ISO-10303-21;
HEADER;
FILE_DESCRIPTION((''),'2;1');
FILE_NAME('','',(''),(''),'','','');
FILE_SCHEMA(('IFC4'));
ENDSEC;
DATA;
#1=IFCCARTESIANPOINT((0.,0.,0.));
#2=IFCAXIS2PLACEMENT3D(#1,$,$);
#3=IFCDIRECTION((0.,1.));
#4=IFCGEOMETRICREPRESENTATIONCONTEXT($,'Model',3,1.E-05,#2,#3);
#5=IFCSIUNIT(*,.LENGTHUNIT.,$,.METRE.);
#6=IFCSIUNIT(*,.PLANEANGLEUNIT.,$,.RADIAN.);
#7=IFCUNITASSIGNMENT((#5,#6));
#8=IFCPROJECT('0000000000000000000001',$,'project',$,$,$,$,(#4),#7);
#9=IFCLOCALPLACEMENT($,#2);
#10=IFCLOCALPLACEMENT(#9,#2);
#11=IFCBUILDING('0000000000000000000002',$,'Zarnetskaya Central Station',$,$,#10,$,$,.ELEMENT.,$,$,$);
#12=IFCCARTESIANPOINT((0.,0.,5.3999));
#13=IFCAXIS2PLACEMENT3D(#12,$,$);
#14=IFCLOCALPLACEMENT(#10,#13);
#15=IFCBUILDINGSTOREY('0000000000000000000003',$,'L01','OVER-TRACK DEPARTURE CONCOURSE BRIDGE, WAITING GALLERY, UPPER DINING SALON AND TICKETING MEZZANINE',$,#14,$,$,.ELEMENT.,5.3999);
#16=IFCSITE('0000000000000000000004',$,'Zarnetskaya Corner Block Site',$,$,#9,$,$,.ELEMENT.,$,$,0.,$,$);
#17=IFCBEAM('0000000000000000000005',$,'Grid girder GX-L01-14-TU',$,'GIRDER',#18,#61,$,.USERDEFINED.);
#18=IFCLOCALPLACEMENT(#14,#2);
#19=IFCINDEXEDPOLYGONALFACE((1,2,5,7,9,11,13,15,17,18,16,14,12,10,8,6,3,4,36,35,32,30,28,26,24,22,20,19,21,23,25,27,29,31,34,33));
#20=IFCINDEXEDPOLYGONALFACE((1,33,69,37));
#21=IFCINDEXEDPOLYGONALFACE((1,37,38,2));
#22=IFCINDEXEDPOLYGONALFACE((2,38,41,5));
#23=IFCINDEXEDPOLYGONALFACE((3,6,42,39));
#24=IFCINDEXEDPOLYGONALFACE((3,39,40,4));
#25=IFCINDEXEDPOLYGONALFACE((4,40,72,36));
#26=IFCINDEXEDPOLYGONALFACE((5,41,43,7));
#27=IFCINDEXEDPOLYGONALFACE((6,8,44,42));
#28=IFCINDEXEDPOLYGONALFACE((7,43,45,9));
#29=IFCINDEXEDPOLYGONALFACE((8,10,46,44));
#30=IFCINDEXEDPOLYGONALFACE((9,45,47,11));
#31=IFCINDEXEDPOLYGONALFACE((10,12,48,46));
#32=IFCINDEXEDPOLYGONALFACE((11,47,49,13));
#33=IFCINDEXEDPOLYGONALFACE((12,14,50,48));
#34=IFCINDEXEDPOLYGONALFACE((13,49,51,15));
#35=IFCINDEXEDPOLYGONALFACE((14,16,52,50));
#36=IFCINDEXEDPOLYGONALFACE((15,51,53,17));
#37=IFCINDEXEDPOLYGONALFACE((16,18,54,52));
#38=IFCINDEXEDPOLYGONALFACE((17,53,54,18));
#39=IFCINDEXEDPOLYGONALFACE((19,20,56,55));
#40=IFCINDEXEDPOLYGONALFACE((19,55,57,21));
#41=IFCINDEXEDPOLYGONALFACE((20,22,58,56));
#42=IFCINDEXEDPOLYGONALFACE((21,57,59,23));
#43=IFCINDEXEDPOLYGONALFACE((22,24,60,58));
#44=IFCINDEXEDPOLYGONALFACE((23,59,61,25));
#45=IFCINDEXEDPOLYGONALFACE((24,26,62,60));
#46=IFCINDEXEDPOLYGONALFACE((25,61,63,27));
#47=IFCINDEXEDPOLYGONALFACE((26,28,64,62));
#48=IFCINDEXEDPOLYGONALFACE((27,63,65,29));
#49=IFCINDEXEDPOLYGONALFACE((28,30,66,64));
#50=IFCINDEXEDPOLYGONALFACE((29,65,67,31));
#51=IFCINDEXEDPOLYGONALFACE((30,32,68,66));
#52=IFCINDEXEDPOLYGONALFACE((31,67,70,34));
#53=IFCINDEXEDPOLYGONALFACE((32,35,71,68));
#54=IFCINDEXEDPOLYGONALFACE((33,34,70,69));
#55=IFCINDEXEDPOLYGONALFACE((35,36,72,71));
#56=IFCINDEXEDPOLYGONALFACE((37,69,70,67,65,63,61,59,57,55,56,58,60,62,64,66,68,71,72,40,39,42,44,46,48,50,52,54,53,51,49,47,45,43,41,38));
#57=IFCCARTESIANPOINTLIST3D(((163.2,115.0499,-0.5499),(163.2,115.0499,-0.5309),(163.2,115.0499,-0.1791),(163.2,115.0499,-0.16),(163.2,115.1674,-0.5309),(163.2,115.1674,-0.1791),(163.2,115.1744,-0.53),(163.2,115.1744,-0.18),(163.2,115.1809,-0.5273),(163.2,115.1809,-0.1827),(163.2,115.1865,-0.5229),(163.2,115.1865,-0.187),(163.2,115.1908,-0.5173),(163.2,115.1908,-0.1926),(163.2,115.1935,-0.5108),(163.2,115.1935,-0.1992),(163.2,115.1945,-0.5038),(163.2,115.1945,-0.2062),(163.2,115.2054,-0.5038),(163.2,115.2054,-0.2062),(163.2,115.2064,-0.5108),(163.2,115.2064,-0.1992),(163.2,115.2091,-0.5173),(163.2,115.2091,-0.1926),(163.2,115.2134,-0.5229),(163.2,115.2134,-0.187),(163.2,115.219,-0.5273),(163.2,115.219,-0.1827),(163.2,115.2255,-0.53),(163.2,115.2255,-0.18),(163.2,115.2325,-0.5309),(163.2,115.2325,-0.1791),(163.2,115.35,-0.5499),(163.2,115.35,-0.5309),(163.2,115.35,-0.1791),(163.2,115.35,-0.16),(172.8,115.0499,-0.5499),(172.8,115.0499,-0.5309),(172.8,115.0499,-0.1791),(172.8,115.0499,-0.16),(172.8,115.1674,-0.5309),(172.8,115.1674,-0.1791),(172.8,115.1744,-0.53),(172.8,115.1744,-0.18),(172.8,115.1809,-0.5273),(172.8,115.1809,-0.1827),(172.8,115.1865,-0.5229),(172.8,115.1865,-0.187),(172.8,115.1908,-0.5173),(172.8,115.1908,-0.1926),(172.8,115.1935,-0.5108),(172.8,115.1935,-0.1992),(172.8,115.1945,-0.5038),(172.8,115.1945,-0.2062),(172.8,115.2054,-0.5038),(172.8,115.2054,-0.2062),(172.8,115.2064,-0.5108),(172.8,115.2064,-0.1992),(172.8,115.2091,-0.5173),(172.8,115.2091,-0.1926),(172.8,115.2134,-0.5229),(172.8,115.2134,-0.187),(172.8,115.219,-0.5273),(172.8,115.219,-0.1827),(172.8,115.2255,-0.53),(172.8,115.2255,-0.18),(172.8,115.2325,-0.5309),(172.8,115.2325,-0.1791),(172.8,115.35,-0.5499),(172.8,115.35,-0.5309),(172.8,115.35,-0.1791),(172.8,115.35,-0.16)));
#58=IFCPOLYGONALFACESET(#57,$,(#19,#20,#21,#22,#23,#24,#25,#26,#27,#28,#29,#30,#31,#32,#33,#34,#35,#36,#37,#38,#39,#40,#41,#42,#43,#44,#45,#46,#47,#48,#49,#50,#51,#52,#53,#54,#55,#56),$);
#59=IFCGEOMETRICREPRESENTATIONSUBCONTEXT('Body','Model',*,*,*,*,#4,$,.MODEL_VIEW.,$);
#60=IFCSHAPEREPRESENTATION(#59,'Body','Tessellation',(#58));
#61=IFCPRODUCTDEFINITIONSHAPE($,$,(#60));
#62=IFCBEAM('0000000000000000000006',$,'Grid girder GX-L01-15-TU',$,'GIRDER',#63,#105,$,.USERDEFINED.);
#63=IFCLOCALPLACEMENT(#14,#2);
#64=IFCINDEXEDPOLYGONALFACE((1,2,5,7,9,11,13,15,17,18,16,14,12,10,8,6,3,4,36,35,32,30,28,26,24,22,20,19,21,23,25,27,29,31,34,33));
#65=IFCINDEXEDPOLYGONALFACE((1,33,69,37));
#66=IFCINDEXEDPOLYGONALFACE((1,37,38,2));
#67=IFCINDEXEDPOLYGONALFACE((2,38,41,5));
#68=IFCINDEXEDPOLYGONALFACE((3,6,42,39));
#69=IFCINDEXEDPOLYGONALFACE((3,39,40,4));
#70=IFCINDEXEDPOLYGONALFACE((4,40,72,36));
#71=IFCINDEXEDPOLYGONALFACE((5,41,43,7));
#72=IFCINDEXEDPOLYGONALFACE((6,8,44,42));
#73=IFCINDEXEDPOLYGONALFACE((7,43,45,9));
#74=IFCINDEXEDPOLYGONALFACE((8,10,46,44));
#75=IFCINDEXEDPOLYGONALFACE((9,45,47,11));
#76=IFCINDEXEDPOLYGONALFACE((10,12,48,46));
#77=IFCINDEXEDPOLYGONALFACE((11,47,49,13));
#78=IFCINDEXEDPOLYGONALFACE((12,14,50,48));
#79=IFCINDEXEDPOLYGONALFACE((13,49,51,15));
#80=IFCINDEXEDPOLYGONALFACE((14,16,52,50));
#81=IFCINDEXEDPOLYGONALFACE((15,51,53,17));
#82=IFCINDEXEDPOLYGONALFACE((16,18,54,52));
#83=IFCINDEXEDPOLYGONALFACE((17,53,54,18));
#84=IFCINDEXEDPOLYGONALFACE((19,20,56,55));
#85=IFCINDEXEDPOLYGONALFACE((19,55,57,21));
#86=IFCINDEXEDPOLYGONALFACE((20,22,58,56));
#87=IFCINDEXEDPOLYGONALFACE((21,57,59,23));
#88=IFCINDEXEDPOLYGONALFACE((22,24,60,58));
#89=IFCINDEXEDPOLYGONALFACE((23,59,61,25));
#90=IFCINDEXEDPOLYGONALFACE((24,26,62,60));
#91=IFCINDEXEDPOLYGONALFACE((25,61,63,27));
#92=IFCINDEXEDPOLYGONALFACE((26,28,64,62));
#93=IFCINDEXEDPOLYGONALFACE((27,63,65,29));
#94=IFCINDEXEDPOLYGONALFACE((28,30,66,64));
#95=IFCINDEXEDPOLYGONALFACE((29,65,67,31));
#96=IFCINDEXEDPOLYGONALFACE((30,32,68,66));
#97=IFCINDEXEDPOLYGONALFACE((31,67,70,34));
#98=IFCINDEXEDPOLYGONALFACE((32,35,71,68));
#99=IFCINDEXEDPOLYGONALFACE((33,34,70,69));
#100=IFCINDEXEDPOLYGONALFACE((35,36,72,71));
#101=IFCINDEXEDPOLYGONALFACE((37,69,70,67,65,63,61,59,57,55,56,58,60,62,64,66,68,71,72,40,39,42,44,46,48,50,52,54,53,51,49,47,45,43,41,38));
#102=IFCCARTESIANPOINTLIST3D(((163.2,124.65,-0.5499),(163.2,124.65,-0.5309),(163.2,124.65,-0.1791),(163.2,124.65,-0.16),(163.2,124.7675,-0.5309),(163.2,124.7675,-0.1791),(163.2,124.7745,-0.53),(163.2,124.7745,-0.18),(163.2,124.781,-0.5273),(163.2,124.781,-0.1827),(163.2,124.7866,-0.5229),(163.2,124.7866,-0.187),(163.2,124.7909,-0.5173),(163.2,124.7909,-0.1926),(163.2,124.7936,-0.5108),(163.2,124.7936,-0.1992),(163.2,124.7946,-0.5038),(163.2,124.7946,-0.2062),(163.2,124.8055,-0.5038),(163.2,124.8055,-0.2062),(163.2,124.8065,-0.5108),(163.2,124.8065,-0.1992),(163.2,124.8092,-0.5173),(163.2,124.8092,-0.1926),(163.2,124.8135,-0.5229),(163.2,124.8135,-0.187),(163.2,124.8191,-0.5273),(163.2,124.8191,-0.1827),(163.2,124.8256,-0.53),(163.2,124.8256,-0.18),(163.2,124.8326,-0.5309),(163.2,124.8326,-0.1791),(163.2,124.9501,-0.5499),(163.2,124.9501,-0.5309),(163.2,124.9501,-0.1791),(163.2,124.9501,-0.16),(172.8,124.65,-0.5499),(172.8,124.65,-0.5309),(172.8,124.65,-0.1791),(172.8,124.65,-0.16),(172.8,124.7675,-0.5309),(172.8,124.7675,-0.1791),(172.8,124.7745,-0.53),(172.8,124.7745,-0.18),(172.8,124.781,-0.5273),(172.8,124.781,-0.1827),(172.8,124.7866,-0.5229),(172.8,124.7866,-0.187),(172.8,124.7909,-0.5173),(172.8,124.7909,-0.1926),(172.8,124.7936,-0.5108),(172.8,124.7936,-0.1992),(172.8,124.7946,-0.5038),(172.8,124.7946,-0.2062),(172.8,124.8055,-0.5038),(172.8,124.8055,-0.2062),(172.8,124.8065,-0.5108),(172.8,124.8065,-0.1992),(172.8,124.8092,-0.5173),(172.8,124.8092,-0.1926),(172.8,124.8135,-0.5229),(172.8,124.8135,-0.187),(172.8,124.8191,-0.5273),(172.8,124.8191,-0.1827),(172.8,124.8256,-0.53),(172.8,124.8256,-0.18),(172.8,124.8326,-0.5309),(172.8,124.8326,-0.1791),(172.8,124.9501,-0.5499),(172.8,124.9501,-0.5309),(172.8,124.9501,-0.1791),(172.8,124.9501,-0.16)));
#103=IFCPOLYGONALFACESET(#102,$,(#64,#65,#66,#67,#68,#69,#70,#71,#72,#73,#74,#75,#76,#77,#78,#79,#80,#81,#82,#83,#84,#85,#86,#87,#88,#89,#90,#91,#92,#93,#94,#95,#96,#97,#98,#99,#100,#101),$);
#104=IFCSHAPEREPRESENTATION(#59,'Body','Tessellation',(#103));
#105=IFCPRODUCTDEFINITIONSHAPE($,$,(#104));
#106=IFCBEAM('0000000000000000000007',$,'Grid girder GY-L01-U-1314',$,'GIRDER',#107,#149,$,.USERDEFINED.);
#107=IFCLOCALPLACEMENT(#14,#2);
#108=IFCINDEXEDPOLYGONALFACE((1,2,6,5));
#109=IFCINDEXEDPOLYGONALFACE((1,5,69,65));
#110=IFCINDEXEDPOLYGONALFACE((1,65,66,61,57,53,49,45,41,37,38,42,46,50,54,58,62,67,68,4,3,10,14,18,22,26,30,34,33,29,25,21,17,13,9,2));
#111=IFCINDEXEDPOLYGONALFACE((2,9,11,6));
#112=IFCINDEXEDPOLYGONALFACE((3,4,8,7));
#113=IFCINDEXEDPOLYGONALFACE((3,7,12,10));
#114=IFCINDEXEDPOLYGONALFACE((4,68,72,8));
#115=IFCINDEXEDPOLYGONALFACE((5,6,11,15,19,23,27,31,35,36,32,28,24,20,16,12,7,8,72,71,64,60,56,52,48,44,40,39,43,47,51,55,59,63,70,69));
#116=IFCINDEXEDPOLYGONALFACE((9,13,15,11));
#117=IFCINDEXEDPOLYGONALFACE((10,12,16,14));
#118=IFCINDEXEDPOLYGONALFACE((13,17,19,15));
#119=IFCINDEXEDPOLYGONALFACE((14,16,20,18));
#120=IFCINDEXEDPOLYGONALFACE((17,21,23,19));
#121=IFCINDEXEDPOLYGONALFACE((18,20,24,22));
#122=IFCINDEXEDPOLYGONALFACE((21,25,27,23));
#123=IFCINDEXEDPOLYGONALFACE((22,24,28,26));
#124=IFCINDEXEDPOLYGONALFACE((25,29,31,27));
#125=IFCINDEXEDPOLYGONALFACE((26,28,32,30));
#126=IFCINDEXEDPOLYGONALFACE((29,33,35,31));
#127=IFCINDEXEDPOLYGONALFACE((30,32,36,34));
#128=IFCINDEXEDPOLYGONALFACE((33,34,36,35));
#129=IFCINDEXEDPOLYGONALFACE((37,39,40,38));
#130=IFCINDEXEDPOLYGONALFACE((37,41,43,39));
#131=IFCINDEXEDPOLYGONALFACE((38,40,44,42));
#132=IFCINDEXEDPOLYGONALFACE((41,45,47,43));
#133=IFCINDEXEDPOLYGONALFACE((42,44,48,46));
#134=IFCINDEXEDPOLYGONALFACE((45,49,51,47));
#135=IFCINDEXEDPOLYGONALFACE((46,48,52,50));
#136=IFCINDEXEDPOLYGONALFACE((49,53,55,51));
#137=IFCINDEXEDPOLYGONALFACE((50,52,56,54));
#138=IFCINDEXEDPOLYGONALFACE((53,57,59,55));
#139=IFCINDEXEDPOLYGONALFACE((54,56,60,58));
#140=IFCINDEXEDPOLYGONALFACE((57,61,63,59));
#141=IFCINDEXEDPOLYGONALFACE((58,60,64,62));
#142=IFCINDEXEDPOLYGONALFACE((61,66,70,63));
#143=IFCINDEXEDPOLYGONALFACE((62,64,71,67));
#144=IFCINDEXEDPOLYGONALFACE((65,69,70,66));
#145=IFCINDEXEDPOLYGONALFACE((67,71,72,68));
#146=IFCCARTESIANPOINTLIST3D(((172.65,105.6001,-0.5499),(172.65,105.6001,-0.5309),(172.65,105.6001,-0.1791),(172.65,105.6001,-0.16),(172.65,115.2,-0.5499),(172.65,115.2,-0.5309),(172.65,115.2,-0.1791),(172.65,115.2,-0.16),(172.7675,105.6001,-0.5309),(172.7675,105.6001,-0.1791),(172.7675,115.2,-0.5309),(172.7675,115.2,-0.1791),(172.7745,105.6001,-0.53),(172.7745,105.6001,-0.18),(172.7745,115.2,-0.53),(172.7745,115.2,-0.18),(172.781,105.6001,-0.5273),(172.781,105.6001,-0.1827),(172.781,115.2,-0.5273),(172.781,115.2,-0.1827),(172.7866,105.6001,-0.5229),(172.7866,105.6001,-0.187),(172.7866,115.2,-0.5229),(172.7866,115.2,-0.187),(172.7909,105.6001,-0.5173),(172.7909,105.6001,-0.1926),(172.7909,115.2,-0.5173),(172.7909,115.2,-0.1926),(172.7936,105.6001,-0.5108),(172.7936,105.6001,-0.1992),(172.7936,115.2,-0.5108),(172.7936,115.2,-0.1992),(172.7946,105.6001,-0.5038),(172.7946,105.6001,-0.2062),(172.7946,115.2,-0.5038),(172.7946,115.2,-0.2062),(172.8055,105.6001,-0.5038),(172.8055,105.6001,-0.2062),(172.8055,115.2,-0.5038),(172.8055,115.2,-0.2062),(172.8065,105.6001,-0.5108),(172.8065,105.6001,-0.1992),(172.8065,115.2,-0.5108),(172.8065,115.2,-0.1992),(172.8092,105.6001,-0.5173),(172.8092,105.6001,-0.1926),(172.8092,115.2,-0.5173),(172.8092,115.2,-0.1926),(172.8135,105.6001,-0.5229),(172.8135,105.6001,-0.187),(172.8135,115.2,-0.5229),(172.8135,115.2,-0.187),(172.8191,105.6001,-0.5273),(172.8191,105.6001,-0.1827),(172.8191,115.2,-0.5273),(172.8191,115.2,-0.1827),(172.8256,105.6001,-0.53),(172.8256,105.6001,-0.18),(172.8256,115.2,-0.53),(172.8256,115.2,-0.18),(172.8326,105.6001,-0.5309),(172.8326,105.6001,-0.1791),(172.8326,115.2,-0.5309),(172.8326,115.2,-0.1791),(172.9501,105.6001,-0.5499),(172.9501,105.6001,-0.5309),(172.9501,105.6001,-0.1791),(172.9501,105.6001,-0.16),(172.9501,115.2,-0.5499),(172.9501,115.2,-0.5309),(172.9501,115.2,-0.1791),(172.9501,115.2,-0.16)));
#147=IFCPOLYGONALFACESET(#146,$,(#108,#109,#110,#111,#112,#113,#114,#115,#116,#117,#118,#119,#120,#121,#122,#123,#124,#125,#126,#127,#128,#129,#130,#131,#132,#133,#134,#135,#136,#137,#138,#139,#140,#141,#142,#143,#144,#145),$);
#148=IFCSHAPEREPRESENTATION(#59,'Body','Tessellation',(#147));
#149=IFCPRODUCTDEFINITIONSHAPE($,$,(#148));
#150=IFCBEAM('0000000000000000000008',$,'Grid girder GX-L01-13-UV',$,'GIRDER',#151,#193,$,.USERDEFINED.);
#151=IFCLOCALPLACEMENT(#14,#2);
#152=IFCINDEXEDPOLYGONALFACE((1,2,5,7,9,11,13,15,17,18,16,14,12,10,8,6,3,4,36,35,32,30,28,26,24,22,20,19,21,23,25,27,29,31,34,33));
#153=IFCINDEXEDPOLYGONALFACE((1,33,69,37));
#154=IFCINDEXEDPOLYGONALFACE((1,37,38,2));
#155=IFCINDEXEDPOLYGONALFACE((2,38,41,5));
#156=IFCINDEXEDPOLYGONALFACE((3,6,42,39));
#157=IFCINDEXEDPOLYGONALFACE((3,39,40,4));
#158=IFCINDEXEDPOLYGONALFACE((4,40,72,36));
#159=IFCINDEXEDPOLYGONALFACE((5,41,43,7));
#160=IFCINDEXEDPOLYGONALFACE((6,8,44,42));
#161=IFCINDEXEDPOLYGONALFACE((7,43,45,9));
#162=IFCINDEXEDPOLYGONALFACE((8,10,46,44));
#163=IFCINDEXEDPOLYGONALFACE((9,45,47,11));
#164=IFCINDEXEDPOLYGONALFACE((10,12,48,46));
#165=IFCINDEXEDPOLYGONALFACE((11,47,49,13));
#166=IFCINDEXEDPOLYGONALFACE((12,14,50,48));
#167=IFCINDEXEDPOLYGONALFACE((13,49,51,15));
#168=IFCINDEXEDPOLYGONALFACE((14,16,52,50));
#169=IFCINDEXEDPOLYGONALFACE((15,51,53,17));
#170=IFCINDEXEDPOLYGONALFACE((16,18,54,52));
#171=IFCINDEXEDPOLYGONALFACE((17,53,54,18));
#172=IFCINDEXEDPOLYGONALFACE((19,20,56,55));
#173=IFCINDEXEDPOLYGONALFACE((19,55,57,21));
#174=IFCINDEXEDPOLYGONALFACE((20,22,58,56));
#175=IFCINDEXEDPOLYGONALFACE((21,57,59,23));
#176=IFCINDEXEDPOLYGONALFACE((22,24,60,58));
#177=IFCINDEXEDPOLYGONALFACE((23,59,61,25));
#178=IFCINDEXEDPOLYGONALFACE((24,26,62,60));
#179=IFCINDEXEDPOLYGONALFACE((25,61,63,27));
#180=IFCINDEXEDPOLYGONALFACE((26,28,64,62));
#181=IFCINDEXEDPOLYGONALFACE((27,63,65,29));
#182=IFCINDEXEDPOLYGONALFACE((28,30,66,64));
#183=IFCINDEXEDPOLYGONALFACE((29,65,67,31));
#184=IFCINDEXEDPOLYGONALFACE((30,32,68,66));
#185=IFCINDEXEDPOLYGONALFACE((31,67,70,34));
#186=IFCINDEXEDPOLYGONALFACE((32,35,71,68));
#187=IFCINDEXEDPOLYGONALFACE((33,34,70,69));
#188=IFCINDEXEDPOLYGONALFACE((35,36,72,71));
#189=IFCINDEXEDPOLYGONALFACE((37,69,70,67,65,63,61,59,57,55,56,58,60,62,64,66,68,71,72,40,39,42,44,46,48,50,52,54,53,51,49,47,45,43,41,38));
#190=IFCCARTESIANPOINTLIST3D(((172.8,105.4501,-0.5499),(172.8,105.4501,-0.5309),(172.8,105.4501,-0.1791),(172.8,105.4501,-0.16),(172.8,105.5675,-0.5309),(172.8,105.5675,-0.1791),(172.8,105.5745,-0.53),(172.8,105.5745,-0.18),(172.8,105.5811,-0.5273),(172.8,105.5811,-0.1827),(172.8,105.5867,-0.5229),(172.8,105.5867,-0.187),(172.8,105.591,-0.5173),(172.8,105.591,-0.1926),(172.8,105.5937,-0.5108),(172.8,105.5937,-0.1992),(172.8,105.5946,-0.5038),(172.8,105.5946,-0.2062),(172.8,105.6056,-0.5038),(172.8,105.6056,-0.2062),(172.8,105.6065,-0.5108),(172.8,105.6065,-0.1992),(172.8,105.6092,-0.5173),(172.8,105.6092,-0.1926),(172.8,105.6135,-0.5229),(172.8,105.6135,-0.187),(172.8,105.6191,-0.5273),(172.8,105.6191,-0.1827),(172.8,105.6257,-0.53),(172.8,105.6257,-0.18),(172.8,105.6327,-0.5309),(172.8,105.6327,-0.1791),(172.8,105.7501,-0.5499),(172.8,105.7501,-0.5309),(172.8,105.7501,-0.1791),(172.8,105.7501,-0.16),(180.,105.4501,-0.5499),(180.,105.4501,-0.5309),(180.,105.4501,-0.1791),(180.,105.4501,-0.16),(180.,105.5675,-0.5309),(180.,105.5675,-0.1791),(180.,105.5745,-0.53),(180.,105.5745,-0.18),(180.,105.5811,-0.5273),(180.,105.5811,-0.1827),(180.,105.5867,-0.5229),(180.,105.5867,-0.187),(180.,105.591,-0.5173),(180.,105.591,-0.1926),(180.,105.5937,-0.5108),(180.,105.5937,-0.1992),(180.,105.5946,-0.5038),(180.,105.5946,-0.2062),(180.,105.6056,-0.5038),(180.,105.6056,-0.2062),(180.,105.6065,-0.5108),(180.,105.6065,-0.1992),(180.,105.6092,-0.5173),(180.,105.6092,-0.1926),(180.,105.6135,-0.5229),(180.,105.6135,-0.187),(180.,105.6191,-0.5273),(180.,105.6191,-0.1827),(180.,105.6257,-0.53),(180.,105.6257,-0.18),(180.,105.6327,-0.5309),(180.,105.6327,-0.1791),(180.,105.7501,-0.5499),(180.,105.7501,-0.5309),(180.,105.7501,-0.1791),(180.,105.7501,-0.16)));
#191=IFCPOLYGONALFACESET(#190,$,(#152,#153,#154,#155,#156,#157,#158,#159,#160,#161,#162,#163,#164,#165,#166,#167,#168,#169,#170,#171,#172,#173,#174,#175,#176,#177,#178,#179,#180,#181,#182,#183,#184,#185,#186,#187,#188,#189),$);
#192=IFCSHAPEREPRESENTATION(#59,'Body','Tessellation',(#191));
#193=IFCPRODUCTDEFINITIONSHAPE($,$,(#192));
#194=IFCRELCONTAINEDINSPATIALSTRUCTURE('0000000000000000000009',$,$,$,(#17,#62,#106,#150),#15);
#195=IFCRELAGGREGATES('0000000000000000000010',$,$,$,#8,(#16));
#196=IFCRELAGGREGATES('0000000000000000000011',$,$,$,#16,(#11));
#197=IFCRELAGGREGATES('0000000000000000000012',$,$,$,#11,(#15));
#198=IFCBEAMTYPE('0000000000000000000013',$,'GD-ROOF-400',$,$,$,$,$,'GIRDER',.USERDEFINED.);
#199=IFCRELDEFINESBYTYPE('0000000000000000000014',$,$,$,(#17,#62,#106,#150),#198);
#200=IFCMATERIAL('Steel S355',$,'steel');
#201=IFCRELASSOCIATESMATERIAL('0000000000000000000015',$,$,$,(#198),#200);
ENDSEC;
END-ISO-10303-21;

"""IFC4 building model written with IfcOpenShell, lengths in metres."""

from ifc_helpers import new_model, si_unit, direction, frame, origin, origin_2d, place, context, subcontext, project, spatial, i_section, extrude, material, material_profile, profile_set, type_object, element, save


model = new_model("IFC4")

# Units and contexts
model_context = context("Model", 3, precision=1e-05, world=origin(), true_north=direction((0.0, 1.0)))
body_context = subcontext(model_context, "Body", "Model", "MODEL_VIEW")
ifc_project = project(units=[si_unit("LENGTHUNIT", "METRE"), si_unit("PLANEANGLEUNIT", "RADIAN")], contexts=[model_context])

# Site, building, storey
site_placement = place(None, origin())
site = spatial("IfcSite", under=ifc_project, at=site_placement, Name="Zarnetskaya Corner Block Site", CompositionType="ELEMENT", RefElevation=0.0)
building_placement = place(site_placement, origin())
building = spatial("IfcBuilding", under=site, at=building_placement, Name="Zarnetskaya Central Station", CompositionType="ELEMENT")
storey_placement = place(building_placement, frame((0.0, 0.0, 5.3999)))
storey = spatial("IfcBuildingStorey", under=building, at=storey_placement, Name="L01", Description="OVER-TRACK DEPARTURE CONCOURSE BRIDGE, WAITING GALLERY, UPPER DINING SALON AND TICKETING MEZZANINE", CompositionType="ELEMENT", Elevation=5.3999)

# Beams
ifc_material = material(Name="Steel S355", Category="steel")
ifc_material_profile_1 = material_profile(ifc_material, i_section(OverallWidth=0.3, OverallDepth=0.3899, WebThickness=0.011, FlangeThickness=0.019, FilletRadius=0.0271, at=origin_2d()), Name="HEA 400")
ifc_profile_set_1 = profile_set([ifc_material_profile_1], Name="Steel S355")
beam_type_1 = type_object("IfcBeamType", Name="GD-ROOF-400", ElementType="GIRDER", PredefinedType="USERDEFINED", material=ifc_profile_set_1)
for number, where, z_axis, x_axis, name in (
    (1, (163.2, 115.2, -0.355), (1.0, 0.0, 0.0), (0.0, 1.0, 0.0), "Grid girder GX-L01-14-TU"),
    (2, (163.2, 124.8, -0.355), (1.0, 0.0, 0.0), (0.0, 1.0, 0.0), "Grid girder GX-L01-15-TU"),
):
    element("IfcBeam", number, at=place(storey_placement, frame(where, z_axis=z_axis, x_axis=x_axis)), inside=storey, type_object=beam_type_1, Name=name, ObjectType="GIRDER", PredefinedType="USERDEFINED", context=body_context, shape_type="SweptSolid", body=[
        extrude(i_section(OverallWidth=0.3, OverallDepth=0.3899, WebThickness=0.011, FlangeThickness=0.019, FilletRadius=0.0271, at=origin_2d()), origin(), (0.0, 0.0, 1.0), 9.6001),
    ])
beam_1_placement = place(storey_placement, frame((172.8, 105.6001, -0.355), z_axis=(0.0, 1.0, 0.0), x_axis=(-1.0, 0.0, 0.0)))
element("IfcBeam", 3, at=beam_1_placement, inside=storey, type_object=beam_type_1, Name="Grid girder GY-L01-U-1314", ObjectType="GIRDER", PredefinedType="USERDEFINED", context=body_context, shape_type="SweptSolid", body=[
    extrude(i_section(OverallWidth=0.3, OverallDepth=0.3899, WebThickness=0.011, FlangeThickness=0.019, FilletRadius=0.0271, at=origin_2d()), origin(), (0.0, 0.0, 1.0), 9.5999),
])
beam_2_placement = place(storey_placement, frame((172.8, 105.6001, -0.355), z_axis=(1.0, 0.0, 0.0), x_axis=(0.0, 1.0, 0.0)))
element("IfcBeam", 4, at=beam_2_placement, inside=storey, type_object=beam_type_1, Name="Grid girder GX-L01-13-UV", ObjectType="GIRDER", PredefinedType="USERDEFINED", context=body_context, shape_type="SweptSolid", body=[
    extrude(i_section(OverallWidth=0.3, OverallDepth=0.3899, WebThickness=0.011, FlangeThickness=0.019, FilletRadius=0.0271, at=origin_2d()), origin(), (0.0, 0.0, 1.0), 7.2),
])

save(model, "model.ifc")
